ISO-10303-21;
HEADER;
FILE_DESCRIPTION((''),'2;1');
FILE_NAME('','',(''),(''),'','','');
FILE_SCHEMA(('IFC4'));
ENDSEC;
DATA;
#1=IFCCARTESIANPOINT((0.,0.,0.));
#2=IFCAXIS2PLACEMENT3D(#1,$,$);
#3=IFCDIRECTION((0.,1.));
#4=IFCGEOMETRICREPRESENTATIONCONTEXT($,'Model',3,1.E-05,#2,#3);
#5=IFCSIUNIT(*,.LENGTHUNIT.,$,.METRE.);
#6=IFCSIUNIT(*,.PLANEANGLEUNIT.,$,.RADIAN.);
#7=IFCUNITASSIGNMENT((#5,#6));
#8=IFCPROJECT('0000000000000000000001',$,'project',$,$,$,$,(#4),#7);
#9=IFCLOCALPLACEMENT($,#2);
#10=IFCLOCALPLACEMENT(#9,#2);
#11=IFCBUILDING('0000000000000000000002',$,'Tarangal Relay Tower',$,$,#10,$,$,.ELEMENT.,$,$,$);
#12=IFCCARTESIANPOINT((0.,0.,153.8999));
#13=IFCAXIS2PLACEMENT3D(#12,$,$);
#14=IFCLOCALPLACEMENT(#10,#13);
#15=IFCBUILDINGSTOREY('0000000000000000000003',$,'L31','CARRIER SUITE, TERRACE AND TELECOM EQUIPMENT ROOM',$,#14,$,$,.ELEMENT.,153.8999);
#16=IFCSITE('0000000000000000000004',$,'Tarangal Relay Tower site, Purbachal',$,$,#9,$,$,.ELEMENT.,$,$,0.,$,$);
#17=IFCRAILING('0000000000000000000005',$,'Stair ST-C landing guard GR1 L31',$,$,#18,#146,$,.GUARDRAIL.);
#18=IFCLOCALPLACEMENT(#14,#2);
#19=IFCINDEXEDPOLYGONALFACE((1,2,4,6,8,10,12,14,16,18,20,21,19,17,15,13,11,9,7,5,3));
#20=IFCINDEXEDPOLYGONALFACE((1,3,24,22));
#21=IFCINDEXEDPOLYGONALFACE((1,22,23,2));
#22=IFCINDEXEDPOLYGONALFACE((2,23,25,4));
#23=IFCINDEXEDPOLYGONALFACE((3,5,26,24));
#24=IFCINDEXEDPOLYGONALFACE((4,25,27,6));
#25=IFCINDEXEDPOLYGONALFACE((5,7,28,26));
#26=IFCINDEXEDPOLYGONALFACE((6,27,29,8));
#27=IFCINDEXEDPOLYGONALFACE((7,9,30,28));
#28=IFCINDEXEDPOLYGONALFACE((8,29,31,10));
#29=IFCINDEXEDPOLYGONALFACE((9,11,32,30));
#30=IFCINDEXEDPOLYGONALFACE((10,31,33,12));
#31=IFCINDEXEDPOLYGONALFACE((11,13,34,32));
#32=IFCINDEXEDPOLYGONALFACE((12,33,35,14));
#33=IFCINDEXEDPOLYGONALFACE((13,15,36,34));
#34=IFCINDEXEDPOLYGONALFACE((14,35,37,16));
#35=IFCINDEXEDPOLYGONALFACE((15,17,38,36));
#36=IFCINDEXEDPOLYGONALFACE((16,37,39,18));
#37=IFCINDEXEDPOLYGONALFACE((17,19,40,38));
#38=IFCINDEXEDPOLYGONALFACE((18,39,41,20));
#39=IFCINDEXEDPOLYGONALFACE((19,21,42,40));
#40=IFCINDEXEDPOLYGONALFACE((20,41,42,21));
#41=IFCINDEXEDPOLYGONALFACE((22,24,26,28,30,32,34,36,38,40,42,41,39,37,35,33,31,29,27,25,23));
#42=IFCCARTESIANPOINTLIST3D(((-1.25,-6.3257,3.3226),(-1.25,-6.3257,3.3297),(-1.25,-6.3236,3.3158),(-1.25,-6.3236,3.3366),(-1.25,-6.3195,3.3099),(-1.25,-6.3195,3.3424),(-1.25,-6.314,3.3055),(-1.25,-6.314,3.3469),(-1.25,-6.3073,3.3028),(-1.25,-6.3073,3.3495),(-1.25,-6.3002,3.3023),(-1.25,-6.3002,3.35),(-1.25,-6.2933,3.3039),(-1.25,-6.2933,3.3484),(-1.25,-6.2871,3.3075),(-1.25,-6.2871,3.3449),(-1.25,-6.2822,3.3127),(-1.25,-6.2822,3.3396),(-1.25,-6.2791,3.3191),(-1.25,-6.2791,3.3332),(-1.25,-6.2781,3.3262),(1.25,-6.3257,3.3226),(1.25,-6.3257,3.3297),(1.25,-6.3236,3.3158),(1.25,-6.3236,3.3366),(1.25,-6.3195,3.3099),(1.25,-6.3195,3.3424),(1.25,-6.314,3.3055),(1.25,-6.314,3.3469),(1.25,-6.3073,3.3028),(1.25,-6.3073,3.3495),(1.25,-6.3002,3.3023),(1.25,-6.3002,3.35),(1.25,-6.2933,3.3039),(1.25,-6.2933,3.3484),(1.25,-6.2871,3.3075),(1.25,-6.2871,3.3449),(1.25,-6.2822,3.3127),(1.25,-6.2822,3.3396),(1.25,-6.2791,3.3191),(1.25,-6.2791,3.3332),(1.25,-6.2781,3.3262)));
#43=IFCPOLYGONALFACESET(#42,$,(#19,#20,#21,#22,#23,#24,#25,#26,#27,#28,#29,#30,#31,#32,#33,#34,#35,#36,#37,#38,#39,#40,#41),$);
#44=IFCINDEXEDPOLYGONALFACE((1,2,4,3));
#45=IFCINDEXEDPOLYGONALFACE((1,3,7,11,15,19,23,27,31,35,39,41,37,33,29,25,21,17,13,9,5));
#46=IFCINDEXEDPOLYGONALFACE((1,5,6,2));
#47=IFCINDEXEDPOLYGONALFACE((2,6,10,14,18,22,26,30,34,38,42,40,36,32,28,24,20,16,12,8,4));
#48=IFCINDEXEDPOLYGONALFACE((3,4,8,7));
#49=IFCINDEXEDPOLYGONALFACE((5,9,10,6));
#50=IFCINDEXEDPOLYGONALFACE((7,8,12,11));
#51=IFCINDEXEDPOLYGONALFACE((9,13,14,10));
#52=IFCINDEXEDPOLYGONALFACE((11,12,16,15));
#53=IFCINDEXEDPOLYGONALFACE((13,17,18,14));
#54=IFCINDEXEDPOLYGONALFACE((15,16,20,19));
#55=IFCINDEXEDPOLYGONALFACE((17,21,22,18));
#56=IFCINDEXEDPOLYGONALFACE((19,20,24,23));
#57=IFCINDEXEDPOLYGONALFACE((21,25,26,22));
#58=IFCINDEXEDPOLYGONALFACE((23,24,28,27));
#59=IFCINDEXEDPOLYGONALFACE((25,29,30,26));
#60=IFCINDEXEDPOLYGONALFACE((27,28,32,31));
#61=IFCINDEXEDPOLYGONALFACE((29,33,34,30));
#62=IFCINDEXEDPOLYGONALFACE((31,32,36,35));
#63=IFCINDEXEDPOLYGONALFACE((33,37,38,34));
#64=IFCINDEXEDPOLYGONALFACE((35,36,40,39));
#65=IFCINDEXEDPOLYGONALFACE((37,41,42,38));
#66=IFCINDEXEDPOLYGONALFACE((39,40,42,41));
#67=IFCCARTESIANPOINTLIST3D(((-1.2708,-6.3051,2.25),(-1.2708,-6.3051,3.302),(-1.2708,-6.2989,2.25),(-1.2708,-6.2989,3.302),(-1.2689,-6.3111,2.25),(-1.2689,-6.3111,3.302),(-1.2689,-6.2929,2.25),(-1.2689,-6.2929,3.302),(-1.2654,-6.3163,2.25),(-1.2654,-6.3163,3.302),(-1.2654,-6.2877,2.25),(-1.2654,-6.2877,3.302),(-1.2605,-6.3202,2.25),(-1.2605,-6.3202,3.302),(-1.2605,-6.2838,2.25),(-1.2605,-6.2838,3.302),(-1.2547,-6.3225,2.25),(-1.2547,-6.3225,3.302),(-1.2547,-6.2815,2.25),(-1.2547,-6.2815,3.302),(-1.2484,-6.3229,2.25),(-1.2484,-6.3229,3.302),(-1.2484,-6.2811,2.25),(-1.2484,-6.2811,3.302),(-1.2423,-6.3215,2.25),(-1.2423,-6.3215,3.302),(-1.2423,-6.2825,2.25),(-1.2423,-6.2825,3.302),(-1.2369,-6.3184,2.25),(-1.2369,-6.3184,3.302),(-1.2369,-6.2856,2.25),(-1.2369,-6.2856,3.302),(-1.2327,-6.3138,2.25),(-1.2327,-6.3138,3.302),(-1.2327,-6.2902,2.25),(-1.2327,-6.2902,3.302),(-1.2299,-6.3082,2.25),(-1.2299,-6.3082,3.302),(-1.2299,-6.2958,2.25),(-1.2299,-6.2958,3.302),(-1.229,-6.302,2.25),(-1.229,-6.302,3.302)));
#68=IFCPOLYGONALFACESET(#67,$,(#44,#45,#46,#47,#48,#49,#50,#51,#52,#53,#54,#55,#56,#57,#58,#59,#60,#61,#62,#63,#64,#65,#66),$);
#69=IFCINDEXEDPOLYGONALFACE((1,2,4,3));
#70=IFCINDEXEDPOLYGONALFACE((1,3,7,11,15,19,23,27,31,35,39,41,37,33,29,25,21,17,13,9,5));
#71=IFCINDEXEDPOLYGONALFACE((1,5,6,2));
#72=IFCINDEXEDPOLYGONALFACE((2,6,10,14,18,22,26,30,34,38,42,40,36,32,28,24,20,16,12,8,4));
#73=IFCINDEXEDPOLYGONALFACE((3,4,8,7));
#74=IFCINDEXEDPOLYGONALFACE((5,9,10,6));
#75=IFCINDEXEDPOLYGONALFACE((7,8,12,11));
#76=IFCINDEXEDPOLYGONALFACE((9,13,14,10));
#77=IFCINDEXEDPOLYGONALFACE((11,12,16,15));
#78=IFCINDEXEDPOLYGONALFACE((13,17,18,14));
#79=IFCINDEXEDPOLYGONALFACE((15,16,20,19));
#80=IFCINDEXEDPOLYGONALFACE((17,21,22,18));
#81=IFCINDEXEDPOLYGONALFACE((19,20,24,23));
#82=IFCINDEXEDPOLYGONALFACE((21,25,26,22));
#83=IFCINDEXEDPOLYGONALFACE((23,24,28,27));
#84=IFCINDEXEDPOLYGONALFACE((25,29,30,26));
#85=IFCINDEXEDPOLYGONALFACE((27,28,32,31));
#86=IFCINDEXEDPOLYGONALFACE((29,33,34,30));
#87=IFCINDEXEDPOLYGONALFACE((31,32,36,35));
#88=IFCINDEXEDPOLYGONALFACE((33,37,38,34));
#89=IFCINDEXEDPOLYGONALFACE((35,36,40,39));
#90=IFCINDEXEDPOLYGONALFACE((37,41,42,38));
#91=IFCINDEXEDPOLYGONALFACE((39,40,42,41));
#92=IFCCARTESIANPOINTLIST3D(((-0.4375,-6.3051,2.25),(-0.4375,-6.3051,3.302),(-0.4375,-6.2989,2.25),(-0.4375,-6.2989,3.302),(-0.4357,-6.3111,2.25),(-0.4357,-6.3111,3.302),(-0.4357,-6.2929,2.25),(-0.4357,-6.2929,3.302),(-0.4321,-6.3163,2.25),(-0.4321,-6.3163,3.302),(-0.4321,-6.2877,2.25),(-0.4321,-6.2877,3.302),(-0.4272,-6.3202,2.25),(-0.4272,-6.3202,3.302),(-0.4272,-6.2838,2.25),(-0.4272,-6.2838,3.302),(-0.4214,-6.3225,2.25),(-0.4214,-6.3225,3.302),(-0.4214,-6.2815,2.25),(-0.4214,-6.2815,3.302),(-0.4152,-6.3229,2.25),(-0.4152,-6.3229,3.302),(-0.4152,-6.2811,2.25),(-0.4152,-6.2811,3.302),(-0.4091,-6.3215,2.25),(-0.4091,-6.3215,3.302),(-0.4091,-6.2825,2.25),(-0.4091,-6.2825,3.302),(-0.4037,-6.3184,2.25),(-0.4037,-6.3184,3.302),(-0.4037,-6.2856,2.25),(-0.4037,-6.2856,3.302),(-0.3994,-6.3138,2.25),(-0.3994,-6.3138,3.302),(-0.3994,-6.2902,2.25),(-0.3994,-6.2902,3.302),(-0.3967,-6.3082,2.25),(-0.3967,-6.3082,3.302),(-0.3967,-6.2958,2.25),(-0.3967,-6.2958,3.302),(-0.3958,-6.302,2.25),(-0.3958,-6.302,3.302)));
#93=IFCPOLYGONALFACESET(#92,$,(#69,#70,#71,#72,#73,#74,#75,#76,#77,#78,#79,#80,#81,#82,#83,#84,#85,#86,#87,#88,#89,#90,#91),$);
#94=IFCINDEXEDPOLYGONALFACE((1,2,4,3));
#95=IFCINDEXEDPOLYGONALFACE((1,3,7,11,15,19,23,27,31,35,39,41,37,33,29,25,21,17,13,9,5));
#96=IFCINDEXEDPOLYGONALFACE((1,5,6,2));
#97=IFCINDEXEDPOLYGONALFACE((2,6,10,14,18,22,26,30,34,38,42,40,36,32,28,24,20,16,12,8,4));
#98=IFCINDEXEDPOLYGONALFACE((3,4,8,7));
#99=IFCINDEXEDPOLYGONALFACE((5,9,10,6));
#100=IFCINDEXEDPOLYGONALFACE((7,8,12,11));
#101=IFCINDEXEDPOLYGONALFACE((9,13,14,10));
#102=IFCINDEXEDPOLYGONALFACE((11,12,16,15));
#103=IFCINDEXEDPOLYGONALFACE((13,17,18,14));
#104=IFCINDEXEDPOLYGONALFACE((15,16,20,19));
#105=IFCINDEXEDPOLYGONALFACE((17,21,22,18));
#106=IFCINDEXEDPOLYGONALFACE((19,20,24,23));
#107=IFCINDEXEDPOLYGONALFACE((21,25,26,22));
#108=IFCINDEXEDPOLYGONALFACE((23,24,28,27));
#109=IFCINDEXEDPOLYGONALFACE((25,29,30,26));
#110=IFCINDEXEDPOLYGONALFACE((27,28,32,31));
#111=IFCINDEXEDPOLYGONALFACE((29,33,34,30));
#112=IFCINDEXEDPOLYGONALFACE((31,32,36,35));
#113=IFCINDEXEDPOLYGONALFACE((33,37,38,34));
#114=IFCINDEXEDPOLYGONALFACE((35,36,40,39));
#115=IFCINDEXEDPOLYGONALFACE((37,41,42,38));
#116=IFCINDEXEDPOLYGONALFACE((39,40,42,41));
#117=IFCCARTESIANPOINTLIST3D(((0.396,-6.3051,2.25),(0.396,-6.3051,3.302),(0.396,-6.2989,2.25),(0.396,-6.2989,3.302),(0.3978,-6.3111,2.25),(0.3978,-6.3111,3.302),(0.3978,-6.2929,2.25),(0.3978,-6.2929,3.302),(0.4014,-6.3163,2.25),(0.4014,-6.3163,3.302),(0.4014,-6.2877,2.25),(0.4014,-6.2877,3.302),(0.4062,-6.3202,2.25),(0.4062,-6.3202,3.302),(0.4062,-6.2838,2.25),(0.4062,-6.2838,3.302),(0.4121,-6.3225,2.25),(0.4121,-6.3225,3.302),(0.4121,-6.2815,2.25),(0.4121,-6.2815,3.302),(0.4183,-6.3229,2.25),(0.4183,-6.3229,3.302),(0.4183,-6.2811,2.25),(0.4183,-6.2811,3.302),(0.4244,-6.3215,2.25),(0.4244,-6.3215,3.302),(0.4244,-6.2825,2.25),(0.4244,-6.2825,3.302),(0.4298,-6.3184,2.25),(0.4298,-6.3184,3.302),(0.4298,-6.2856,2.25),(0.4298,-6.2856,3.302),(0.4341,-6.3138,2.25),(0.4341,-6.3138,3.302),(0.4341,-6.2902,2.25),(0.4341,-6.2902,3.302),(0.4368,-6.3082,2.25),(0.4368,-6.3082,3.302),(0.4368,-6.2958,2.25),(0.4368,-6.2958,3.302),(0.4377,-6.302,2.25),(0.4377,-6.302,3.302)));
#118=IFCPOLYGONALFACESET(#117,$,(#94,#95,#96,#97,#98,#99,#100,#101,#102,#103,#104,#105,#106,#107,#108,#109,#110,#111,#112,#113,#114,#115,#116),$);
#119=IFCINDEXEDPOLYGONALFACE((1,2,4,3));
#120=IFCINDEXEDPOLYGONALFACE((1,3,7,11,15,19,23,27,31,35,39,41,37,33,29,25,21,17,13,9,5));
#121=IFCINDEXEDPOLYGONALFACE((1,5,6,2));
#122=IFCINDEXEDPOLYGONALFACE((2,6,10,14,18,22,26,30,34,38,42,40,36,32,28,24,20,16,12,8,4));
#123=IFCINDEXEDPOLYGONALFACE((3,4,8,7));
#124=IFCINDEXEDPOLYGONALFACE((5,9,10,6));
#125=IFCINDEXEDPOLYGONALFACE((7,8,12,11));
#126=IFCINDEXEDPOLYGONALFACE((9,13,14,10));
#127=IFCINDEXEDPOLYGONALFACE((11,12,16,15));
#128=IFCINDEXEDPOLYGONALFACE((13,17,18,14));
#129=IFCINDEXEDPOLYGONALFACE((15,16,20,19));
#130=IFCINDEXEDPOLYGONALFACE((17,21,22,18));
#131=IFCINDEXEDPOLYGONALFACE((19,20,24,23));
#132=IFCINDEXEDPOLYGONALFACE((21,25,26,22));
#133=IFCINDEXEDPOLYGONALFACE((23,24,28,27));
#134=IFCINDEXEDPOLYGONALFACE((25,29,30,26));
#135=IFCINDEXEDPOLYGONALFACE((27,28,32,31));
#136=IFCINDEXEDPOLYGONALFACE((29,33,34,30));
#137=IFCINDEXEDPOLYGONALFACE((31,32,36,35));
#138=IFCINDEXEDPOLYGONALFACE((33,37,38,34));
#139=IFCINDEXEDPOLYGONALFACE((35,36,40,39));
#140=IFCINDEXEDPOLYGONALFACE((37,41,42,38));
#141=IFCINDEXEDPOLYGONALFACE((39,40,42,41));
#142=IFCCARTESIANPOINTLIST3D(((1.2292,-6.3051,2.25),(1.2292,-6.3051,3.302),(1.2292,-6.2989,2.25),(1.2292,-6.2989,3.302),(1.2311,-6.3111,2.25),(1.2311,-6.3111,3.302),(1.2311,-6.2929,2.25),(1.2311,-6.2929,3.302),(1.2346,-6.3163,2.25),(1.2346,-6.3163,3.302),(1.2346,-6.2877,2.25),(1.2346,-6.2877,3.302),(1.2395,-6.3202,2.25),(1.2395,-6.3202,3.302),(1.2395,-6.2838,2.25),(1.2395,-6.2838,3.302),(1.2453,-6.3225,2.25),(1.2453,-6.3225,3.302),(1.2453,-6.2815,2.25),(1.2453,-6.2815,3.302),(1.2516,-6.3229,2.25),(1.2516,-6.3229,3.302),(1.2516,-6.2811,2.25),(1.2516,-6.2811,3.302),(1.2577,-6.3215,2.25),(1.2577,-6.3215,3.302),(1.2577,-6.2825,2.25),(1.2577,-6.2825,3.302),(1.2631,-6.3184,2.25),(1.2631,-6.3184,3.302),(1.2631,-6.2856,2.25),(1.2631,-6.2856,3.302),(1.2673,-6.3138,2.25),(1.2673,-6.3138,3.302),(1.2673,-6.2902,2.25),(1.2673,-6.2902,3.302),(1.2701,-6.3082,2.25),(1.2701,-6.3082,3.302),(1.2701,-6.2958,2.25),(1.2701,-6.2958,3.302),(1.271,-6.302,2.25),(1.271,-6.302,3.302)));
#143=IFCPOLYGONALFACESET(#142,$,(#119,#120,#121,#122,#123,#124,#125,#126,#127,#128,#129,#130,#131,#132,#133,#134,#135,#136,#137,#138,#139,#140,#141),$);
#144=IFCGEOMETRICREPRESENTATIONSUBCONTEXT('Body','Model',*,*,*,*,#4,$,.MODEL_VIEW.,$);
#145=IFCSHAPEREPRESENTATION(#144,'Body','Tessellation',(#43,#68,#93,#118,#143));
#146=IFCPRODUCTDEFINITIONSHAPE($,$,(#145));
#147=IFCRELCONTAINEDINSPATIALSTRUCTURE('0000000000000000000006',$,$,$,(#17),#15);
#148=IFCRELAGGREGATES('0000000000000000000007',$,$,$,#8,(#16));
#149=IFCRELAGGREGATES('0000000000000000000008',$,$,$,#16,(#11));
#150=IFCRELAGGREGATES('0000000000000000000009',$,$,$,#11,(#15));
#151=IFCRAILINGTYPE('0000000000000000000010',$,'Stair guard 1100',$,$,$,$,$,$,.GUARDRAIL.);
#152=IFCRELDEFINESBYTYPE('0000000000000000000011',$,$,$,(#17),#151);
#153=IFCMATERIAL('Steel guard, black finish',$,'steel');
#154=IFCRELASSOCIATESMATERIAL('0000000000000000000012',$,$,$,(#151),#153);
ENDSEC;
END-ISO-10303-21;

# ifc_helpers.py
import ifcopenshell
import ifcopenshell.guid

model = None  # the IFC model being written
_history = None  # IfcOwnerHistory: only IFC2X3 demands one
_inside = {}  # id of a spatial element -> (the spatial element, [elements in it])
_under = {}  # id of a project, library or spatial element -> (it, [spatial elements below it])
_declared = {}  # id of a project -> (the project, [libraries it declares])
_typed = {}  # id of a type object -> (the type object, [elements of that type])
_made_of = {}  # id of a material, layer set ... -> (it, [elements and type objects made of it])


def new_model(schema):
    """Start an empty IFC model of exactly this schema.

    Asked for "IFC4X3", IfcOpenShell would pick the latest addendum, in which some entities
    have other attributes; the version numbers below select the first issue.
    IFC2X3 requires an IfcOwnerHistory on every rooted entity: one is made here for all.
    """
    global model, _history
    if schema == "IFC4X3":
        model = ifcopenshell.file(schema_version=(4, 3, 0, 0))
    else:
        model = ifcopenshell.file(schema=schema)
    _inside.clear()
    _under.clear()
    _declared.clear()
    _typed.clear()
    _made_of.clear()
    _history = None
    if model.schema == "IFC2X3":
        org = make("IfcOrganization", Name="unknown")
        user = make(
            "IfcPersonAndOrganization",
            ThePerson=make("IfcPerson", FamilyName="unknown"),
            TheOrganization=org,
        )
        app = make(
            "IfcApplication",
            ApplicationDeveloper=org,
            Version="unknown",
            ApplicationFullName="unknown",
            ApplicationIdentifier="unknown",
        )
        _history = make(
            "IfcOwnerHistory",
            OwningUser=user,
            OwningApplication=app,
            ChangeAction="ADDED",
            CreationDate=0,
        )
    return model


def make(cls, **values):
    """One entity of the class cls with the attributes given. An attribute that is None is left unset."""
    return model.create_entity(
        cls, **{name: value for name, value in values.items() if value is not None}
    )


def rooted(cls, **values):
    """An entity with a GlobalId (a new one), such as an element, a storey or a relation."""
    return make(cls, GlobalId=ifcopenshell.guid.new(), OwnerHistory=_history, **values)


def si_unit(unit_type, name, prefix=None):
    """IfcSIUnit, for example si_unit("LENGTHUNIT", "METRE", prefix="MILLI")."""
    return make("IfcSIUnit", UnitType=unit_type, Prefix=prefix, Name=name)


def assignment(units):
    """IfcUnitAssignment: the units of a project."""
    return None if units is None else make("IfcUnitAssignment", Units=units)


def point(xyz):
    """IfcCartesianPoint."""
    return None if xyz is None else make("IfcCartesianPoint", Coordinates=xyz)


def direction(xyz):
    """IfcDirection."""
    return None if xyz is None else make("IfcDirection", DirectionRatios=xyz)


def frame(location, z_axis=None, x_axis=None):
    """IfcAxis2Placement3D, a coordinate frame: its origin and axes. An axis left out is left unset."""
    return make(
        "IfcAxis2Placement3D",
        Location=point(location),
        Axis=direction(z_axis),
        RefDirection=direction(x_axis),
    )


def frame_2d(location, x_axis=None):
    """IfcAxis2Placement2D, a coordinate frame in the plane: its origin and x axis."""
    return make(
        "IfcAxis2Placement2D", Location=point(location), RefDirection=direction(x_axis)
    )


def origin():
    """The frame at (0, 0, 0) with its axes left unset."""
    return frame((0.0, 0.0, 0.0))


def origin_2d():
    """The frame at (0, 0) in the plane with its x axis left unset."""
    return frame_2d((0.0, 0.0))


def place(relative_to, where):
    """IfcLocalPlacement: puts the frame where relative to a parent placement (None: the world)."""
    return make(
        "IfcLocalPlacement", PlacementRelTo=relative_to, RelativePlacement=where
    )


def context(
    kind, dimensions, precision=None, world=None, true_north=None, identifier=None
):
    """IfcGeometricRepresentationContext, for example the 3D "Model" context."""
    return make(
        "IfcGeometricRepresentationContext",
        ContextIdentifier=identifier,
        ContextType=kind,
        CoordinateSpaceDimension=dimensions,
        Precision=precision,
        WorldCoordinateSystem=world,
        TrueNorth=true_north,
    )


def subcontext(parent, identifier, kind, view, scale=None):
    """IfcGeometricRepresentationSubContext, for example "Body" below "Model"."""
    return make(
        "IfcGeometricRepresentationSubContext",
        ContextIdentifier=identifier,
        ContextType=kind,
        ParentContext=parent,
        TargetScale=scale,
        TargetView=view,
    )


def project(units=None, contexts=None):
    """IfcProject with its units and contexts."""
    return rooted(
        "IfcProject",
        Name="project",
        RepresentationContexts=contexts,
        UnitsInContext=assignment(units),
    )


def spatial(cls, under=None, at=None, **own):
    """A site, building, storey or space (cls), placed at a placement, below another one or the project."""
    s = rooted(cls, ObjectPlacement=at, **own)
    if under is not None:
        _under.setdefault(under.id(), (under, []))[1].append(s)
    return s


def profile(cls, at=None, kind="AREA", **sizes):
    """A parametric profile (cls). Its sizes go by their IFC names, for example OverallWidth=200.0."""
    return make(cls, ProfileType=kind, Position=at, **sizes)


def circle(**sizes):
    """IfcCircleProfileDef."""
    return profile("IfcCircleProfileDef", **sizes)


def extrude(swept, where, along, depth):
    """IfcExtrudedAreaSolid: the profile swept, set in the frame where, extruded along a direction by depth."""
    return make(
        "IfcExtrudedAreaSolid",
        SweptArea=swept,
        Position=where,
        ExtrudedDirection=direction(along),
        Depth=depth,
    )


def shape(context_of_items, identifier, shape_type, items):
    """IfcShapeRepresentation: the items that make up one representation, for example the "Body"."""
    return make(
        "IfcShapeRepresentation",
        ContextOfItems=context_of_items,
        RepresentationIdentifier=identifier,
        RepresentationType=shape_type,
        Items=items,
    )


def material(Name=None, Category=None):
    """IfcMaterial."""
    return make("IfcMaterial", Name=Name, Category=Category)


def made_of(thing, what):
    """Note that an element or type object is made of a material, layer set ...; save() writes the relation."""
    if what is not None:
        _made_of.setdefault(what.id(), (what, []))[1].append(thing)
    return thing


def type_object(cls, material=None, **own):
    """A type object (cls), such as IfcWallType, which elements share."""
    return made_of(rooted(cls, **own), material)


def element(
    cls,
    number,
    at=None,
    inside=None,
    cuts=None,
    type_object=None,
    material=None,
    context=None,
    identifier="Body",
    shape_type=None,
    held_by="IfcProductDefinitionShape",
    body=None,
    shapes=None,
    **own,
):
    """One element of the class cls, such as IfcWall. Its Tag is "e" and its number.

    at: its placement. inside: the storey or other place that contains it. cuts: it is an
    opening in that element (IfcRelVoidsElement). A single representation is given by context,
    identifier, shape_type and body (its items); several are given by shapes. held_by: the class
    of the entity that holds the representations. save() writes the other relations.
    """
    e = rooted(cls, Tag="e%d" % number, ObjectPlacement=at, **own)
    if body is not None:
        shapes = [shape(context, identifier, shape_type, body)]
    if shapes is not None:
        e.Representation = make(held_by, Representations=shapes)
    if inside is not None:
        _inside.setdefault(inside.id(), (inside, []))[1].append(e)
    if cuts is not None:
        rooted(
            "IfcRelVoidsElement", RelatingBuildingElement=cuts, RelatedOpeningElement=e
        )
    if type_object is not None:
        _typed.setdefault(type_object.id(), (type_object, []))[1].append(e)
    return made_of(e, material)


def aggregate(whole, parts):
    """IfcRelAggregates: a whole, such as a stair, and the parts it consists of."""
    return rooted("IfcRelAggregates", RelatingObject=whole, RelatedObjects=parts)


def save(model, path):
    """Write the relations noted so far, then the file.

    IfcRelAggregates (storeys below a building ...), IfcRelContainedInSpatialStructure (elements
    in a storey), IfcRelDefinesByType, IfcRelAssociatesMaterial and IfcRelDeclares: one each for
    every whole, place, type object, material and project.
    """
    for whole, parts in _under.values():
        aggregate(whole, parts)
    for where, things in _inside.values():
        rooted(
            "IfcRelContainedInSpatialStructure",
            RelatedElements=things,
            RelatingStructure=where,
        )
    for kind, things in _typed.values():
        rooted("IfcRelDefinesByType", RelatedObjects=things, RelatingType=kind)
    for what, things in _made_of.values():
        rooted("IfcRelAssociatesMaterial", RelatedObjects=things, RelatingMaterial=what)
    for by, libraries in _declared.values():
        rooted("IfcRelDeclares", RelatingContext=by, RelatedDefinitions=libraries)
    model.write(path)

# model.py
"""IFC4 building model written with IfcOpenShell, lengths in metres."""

from ifc_helpers import new_model, si_unit, direction, frame, origin, origin_2d, place, context, subcontext, project, spatial, circle, extrude, material, type_object, element, save


model = new_model("IFC4")

# Units and contexts
model_context = context("Model", 3, precision=1e-05, world=origin(), true_north=direction((0.0, 1.0)))
body_context = subcontext(model_context, "Body", "Model", "MODEL_VIEW")
ifc_project = project(units=[si_unit("LENGTHUNIT", "METRE"), si_unit("PLANEANGLEUNIT", "RADIAN")], contexts=[model_context])

# Site, building, storey
site_placement = place(None, origin())
site = spatial("IfcSite", under=ifc_project, at=site_placement, Name="Tarangal Relay Tower site, Purbachal", CompositionType="ELEMENT", RefElevation=0.0)
building_placement = place(site_placement, origin())
building = spatial("IfcBuilding", under=site, at=building_placement, Name="Tarangal Relay Tower", CompositionType="ELEMENT")
storey_placement = place(building_placement, frame((0.0, 0.0, 153.8999)))
storey = spatial("IfcBuildingStorey", under=building, at=storey_placement, Name="L31", Description="CARRIER SUITE, TERRACE AND TELECOM EQUIPMENT ROOM", CompositionType="ELEMENT", Elevation=153.8999)

# Railing
ifc_material_1 = material(Name="Steel guard, black finish", Category="steel")
railing_type_1 = type_object("IfcRailingType", Name="Stair guard 1100", PredefinedType="GUARDRAIL", material=ifc_material_1)
for number, where, name in (
    (1, (-1.25, -6.302, 2.25), "Stair ST-C landing guard GR1 L31"),
):
    element("IfcRailing", number, at=place(storey_placement, frame(where)), inside=storey, type_object=railing_type_1, Name=name, PredefinedType="GUARDRAIL", context=body_context, shape_type="SweptSolid", body=[
        extrude(circle(Radius=0.0239, at=origin_2d()), frame((0.0, 0.0, 1.0762), z_axis=(1.0, 0.0, 0.0), x_axis=(0.0, 1.0, 0.0)), (0.0, 0.0, 1.0), 2.5),
        extrude(circle(Radius=0.021, at=origin_2d()), origin(), (0.0, 0.0, 1.0), 1.052),
        extrude(circle(Radius=0.021, at=origin_2d()), frame((0.8333, 0.0, 0.0)), (0.0, 0.0, 1.0), 1.052),
        extrude(circle(Radius=0.021, at=origin_2d()), frame((1.6667, 0.0, 0.0)), (0.0, 0.0, 1.0), 1.052),
        extrude(circle(Radius=0.021, at=origin_2d()), frame((2.5, 0.0, 0.0)), (0.0, 0.0, 1.0), 1.052),
    ])

save(model, "model.ifc")
